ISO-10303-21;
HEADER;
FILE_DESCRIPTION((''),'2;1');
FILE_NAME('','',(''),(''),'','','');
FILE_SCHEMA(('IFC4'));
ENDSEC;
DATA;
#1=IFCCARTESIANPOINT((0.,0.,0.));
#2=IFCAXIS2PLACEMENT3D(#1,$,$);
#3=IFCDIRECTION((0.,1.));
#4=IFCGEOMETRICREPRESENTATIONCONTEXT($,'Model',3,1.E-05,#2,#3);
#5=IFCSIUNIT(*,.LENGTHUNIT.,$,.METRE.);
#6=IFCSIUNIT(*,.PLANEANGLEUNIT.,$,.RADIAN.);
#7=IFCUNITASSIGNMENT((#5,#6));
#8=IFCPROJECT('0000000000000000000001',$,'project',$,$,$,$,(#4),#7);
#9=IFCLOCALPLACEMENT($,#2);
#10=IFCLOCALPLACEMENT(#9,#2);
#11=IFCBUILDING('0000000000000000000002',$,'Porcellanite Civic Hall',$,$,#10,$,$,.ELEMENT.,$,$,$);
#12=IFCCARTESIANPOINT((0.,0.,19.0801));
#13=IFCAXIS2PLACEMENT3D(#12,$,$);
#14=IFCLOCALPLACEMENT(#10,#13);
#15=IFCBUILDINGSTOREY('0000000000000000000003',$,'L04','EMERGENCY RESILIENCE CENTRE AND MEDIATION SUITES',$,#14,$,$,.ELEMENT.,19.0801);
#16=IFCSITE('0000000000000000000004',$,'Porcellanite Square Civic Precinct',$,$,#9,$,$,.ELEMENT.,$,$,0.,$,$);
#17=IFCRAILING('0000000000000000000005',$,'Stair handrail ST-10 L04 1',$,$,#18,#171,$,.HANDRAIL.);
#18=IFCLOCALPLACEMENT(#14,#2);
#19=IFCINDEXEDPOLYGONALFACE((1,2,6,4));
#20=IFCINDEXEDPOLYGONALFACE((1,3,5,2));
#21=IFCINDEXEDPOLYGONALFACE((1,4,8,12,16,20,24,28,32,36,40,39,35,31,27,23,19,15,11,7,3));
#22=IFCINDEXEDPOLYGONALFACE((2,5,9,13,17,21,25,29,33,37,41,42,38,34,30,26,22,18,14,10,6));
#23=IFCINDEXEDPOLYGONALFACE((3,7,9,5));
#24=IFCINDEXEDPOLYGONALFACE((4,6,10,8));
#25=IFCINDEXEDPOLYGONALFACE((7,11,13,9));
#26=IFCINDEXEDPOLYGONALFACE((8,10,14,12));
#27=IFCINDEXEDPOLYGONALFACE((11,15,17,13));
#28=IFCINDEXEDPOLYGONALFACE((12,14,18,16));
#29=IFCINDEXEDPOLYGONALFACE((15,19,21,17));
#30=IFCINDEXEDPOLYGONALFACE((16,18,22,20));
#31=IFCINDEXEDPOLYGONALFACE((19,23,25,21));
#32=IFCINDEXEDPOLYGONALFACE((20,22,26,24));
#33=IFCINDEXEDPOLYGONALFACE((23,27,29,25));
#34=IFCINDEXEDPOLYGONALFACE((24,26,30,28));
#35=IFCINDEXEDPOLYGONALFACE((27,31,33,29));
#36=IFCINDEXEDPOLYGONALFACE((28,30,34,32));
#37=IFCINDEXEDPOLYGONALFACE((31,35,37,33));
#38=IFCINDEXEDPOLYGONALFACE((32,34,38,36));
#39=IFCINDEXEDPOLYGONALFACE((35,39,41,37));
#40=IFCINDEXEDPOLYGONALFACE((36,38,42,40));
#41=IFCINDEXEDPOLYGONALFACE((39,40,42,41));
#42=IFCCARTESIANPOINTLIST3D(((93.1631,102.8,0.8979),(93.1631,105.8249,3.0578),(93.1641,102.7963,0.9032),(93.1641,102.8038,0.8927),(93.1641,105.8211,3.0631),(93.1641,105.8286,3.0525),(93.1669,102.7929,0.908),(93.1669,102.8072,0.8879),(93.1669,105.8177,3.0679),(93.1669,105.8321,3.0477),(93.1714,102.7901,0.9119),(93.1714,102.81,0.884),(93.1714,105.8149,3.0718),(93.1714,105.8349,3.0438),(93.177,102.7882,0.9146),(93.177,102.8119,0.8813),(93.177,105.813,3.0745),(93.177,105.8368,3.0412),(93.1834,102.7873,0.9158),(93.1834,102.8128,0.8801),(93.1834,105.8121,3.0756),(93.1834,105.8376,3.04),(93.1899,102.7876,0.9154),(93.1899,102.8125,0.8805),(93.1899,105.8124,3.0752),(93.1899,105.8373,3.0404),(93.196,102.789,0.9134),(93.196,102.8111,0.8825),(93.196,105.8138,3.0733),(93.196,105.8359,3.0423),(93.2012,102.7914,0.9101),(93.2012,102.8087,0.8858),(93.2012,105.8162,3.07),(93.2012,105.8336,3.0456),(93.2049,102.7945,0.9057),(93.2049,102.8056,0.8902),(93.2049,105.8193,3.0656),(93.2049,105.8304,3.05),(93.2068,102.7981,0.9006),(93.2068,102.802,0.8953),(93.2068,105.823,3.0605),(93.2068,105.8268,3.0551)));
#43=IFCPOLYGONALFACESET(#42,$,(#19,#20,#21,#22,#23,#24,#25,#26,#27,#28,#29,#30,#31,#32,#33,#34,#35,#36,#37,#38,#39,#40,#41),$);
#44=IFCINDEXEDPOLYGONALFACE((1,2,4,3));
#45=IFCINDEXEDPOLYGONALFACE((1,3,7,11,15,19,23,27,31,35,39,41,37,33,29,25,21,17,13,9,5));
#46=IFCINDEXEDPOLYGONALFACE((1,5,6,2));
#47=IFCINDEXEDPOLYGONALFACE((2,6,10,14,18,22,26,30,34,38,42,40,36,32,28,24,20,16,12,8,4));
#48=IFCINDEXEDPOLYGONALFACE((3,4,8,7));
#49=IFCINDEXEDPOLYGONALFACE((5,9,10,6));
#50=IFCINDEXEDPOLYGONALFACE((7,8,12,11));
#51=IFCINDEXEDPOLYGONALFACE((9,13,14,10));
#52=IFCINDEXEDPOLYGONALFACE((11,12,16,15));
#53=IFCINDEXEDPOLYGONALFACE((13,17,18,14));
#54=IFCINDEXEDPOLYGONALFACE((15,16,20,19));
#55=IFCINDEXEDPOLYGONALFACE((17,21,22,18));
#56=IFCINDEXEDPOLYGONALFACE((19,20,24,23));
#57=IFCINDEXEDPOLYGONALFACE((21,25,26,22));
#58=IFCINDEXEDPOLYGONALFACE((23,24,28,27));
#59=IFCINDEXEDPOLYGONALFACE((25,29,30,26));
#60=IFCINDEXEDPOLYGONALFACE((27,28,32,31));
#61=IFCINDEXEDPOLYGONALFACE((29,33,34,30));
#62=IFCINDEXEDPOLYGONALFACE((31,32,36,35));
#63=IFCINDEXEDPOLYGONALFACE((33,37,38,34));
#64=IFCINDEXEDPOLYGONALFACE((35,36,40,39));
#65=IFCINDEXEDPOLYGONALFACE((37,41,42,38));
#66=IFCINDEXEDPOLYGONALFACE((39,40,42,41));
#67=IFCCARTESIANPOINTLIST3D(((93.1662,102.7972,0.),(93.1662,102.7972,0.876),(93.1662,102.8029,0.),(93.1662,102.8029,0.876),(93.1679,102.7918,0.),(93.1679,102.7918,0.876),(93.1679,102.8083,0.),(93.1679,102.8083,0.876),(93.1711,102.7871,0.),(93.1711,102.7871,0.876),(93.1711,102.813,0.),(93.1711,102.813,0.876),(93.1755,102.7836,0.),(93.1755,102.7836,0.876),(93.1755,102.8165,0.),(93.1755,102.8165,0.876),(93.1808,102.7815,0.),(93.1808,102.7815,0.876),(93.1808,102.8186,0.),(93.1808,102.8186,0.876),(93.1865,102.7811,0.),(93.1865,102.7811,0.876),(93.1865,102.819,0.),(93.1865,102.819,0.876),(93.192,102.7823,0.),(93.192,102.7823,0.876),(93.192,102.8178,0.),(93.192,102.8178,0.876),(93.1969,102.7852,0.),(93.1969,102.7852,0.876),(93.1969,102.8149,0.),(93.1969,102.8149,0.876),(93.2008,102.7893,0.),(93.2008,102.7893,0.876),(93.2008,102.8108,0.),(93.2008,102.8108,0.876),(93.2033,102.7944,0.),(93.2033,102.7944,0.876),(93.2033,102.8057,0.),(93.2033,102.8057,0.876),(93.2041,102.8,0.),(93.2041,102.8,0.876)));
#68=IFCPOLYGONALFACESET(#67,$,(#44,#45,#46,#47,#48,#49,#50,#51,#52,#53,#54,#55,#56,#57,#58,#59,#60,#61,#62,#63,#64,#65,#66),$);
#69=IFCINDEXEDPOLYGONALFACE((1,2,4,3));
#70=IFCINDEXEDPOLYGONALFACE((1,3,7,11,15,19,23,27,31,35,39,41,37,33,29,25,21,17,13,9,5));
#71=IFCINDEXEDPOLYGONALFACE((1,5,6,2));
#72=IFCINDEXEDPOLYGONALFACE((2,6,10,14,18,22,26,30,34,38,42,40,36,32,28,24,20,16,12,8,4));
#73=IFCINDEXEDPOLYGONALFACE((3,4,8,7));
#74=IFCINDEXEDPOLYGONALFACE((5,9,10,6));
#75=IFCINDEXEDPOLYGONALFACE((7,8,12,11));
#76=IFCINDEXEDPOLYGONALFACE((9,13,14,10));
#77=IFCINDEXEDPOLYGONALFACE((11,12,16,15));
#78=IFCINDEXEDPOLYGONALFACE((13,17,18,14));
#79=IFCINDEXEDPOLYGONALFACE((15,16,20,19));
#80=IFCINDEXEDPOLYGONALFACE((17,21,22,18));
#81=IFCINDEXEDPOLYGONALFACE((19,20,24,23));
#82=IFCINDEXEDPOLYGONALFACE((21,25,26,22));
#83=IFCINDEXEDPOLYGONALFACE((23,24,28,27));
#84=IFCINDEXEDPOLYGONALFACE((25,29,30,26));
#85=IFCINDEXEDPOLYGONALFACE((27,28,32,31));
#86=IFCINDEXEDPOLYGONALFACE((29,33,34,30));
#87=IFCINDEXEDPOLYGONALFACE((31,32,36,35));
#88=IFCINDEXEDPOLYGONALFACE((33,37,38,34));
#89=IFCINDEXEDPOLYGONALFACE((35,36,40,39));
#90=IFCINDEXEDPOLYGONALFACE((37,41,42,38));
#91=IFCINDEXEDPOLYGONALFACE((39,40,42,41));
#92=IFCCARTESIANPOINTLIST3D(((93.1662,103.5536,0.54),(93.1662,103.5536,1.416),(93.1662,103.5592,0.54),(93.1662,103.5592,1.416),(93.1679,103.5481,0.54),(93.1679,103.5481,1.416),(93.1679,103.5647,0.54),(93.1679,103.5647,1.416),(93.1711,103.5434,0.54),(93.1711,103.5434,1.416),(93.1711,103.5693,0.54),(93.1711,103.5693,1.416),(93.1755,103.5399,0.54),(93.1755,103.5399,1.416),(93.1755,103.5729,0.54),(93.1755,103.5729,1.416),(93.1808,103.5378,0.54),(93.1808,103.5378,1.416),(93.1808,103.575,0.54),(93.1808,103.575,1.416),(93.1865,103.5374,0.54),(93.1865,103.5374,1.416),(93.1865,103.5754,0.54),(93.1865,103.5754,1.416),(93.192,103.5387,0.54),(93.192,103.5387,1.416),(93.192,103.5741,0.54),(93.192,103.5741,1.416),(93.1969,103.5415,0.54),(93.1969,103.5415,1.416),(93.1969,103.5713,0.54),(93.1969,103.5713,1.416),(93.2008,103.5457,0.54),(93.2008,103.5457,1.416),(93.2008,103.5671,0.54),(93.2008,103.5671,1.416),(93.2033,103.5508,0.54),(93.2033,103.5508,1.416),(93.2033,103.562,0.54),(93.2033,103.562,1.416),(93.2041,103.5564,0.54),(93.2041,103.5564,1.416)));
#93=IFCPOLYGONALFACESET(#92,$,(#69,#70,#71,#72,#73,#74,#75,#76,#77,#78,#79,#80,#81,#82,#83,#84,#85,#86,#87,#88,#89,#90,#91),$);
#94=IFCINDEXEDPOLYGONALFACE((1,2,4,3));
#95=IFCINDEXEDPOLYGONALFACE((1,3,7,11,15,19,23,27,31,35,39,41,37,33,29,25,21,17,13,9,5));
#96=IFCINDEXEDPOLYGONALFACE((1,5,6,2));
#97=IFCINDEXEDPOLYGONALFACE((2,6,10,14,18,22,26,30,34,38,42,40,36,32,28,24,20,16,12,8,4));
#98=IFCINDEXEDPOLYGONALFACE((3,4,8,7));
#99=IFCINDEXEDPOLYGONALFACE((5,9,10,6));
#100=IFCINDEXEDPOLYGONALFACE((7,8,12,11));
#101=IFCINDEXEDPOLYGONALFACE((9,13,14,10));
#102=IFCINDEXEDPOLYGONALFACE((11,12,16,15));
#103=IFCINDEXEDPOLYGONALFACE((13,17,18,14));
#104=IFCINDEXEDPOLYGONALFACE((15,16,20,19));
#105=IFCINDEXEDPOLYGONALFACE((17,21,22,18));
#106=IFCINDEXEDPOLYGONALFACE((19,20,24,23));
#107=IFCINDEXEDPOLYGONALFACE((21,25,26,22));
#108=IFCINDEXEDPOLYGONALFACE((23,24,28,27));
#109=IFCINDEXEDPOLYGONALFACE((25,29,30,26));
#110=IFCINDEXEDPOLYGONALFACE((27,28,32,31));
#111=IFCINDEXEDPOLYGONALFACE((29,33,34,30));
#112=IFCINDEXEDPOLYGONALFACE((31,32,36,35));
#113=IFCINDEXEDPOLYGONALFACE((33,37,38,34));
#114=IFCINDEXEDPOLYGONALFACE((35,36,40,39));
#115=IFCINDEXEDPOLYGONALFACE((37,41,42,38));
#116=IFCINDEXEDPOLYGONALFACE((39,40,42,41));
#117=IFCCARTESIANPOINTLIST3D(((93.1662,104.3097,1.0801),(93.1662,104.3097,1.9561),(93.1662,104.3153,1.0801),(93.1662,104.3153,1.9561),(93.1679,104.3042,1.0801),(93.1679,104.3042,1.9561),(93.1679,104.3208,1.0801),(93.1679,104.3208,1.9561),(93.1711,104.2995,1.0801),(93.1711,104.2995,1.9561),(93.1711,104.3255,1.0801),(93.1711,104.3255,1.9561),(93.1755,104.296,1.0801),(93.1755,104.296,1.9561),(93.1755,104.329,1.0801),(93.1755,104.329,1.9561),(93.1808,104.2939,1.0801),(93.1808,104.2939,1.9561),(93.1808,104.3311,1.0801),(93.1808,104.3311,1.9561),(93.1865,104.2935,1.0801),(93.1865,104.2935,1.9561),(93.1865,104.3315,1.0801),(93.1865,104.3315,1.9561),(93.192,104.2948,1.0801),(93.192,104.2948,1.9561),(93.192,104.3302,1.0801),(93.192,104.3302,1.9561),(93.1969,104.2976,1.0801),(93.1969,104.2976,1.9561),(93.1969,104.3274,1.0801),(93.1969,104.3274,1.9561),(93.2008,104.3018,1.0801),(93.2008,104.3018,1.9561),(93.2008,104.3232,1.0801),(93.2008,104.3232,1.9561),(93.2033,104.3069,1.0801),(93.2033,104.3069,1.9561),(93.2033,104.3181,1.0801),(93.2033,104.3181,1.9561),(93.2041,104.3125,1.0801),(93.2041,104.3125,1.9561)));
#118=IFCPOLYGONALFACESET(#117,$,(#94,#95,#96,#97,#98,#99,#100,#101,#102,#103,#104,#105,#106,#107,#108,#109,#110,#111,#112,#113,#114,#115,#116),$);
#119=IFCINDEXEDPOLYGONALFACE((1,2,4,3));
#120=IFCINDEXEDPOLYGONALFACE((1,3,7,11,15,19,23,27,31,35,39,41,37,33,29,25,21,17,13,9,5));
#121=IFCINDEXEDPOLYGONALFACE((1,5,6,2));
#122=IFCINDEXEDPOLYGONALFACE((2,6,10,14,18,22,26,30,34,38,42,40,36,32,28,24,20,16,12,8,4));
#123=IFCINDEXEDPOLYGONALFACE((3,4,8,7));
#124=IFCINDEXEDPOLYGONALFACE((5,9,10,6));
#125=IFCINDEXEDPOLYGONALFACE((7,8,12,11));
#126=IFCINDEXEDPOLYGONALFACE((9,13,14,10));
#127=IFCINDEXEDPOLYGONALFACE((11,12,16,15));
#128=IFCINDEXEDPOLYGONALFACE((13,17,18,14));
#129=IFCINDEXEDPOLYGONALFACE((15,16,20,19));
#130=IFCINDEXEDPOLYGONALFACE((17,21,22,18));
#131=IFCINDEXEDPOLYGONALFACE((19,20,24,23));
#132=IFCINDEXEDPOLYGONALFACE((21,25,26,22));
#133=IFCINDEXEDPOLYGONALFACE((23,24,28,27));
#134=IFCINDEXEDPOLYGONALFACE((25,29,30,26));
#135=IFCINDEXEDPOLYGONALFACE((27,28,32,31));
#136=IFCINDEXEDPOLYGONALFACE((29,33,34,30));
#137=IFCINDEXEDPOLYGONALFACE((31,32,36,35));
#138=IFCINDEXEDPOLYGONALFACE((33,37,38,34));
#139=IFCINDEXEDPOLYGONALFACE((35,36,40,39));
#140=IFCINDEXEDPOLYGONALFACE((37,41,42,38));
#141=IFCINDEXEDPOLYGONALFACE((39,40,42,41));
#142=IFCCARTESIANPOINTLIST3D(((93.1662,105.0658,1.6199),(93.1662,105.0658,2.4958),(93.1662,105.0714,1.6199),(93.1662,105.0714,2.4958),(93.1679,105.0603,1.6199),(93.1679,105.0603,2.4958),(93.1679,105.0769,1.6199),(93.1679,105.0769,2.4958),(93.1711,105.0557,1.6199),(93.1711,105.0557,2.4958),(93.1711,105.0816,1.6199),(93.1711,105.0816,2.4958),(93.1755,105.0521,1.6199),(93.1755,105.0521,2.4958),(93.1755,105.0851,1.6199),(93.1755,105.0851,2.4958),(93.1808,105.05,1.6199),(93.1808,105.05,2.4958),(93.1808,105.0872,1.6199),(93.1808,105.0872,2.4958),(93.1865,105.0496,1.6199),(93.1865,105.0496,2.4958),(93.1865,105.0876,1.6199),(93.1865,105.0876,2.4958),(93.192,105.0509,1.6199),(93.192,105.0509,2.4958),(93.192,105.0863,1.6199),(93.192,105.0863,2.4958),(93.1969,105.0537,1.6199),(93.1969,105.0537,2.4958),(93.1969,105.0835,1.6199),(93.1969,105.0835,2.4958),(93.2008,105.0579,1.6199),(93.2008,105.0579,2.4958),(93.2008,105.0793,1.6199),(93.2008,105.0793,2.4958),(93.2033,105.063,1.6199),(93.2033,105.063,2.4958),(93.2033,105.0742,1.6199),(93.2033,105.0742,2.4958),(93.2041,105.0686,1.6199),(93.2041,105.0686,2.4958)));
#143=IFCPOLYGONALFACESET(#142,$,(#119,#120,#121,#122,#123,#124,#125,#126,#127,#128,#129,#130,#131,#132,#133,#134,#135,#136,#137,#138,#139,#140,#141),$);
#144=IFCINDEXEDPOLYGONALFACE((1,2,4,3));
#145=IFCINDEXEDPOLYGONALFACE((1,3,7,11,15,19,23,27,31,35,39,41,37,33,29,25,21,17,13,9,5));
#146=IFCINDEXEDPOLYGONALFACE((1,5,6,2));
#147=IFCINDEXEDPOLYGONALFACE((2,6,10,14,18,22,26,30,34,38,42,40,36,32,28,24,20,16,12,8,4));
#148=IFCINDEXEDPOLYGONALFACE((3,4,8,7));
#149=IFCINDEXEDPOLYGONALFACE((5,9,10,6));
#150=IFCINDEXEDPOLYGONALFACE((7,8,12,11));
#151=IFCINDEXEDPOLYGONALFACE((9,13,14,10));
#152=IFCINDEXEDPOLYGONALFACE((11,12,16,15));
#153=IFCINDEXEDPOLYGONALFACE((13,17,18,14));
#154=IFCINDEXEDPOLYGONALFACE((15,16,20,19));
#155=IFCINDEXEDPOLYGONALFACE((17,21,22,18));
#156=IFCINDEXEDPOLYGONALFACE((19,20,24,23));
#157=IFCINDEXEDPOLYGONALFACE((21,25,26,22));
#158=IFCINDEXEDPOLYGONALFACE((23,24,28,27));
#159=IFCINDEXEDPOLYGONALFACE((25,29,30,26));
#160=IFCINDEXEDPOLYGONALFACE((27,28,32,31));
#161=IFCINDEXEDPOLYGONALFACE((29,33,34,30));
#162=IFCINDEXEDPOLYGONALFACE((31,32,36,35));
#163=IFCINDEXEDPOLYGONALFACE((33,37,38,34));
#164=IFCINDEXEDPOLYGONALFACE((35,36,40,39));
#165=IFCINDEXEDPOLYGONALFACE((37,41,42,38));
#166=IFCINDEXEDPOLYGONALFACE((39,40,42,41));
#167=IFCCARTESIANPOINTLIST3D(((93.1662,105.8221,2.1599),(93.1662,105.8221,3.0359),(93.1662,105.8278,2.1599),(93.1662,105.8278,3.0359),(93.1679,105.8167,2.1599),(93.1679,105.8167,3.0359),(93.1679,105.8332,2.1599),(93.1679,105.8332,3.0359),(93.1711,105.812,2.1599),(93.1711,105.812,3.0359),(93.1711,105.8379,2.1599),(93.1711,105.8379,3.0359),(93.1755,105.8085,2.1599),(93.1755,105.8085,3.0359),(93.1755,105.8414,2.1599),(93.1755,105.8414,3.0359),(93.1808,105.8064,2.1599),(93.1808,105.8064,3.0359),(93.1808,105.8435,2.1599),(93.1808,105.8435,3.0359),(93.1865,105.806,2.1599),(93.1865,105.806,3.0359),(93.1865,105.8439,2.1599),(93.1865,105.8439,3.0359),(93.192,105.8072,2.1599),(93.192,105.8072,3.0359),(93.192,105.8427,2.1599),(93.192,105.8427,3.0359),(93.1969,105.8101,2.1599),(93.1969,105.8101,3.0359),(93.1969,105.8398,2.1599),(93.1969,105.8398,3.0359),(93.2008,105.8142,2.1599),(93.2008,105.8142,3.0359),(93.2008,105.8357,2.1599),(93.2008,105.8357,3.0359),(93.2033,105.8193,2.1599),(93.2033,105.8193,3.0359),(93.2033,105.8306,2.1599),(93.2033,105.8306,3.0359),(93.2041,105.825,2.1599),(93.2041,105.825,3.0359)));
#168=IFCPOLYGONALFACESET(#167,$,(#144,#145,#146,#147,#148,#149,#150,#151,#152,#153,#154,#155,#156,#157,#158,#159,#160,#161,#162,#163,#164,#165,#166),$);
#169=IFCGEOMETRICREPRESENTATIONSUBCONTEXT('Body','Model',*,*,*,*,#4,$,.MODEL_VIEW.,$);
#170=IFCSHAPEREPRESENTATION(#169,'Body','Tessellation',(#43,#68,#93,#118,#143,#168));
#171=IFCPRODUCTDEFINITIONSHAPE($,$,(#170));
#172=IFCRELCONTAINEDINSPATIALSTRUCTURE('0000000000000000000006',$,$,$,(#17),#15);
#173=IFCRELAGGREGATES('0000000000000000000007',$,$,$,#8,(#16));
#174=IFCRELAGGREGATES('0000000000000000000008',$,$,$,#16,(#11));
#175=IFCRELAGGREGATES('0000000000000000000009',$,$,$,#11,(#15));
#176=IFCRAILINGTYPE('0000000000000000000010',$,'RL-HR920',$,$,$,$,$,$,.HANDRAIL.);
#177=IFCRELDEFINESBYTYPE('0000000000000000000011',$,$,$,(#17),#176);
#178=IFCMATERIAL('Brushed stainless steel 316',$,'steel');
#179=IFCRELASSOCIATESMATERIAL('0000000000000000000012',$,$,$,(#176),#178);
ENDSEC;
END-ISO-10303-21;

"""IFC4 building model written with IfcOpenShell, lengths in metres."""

from ifc_helpers import new_model, si_unit, direction, frame, origin, origin_2d, place, context, subcontext, project, spatial, circle, extrude, material, type_object, element, save


model = new_model("IFC4")

# Units and contexts
model_context = context("Model", 3, precision=1e-05, world=origin(), true_north=direction((0.0, 1.0)))
body_context = subcontext(model_context, "Body", "Model", "MODEL_VIEW")
ifc_project = project(units=[si_unit("LENGTHUNIT", "METRE"), si_unit("PLANEANGLEUNIT", "RADIAN")], contexts=[model_context])

# Site, building, storey
site_placement = place(None, origin())
site = spatial("IfcSite", under=ifc_project, at=site_placement, Name="Porcellanite Square Civic Precinct", CompositionType="ELEMENT", RefElevation=0.0)
building_placement = place(site_placement, origin())
building = spatial("IfcBuilding", under=site, at=building_placement, Name="Porcellanite Civic Hall", CompositionType="ELEMENT")
storey_placement = place(building_placement, frame((0.0, 0.0, 19.0801)))
storey = spatial("IfcBuildingStorey", under=building, at=storey_placement, Name="L04", Description="EMERGENCY RESILIENCE CENTRE AND MEDIATION SUITES", CompositionType="ELEMENT", Elevation=19.0801)

# Railing
ifc_material_1 = material(Name="Brushed stainless steel 316", Category="steel")
railing_type_1 = type_object("IfcRailingType", Name="RL-HR920", PredefinedType="HANDRAIL", material=ifc_material_1)
railing_1_placement = place(storey_placement, frame((93.1851, 102.8, 0.0)))
element("IfcRailing", 1, at=railing_1_placement, inside=storey, type_object=railing_type_1, Name="Stair handrail ST-10 L04 1", PredefinedType="HANDRAIL", context=body_context, shape_type="SweptSolid", body=[
    extrude(circle(Radius=0.022, at=origin_2d()), frame((0.0, 0.0, 0.8979), z_axis=(0.0, 0.813827, 0.581108), x_axis=(-1.0, 0.0, 0.0)), (0.0, 0.0, 1.0), 3.7168),
    extrude(circle(Radius=0.019, at=origin_2d()), origin(), (0.0, 0.0, 1.0), 0.876),
    extrude(circle(Radius=0.019, at=origin_2d()), frame((0.0, 0.7563, 0.54)), (0.0, 0.0, 1.0), 0.876),
    extrude(circle(Radius=0.019, at=origin_2d()), frame((0.0, 1.5125, 1.0801)), (0.0, 0.0, 1.0), 0.876),
    extrude(circle(Radius=0.019, at=origin_2d()), frame((0.0, 2.2686, 1.6199)), (0.0, 0.0, 1.0), 0.876),
    extrude(circle(Radius=0.019, at=origin_2d()), frame((0.0, 3.0249, 2.1599)), (0.0, 0.0, 1.0), 0.876),
])

save(model, "model.ifc")
